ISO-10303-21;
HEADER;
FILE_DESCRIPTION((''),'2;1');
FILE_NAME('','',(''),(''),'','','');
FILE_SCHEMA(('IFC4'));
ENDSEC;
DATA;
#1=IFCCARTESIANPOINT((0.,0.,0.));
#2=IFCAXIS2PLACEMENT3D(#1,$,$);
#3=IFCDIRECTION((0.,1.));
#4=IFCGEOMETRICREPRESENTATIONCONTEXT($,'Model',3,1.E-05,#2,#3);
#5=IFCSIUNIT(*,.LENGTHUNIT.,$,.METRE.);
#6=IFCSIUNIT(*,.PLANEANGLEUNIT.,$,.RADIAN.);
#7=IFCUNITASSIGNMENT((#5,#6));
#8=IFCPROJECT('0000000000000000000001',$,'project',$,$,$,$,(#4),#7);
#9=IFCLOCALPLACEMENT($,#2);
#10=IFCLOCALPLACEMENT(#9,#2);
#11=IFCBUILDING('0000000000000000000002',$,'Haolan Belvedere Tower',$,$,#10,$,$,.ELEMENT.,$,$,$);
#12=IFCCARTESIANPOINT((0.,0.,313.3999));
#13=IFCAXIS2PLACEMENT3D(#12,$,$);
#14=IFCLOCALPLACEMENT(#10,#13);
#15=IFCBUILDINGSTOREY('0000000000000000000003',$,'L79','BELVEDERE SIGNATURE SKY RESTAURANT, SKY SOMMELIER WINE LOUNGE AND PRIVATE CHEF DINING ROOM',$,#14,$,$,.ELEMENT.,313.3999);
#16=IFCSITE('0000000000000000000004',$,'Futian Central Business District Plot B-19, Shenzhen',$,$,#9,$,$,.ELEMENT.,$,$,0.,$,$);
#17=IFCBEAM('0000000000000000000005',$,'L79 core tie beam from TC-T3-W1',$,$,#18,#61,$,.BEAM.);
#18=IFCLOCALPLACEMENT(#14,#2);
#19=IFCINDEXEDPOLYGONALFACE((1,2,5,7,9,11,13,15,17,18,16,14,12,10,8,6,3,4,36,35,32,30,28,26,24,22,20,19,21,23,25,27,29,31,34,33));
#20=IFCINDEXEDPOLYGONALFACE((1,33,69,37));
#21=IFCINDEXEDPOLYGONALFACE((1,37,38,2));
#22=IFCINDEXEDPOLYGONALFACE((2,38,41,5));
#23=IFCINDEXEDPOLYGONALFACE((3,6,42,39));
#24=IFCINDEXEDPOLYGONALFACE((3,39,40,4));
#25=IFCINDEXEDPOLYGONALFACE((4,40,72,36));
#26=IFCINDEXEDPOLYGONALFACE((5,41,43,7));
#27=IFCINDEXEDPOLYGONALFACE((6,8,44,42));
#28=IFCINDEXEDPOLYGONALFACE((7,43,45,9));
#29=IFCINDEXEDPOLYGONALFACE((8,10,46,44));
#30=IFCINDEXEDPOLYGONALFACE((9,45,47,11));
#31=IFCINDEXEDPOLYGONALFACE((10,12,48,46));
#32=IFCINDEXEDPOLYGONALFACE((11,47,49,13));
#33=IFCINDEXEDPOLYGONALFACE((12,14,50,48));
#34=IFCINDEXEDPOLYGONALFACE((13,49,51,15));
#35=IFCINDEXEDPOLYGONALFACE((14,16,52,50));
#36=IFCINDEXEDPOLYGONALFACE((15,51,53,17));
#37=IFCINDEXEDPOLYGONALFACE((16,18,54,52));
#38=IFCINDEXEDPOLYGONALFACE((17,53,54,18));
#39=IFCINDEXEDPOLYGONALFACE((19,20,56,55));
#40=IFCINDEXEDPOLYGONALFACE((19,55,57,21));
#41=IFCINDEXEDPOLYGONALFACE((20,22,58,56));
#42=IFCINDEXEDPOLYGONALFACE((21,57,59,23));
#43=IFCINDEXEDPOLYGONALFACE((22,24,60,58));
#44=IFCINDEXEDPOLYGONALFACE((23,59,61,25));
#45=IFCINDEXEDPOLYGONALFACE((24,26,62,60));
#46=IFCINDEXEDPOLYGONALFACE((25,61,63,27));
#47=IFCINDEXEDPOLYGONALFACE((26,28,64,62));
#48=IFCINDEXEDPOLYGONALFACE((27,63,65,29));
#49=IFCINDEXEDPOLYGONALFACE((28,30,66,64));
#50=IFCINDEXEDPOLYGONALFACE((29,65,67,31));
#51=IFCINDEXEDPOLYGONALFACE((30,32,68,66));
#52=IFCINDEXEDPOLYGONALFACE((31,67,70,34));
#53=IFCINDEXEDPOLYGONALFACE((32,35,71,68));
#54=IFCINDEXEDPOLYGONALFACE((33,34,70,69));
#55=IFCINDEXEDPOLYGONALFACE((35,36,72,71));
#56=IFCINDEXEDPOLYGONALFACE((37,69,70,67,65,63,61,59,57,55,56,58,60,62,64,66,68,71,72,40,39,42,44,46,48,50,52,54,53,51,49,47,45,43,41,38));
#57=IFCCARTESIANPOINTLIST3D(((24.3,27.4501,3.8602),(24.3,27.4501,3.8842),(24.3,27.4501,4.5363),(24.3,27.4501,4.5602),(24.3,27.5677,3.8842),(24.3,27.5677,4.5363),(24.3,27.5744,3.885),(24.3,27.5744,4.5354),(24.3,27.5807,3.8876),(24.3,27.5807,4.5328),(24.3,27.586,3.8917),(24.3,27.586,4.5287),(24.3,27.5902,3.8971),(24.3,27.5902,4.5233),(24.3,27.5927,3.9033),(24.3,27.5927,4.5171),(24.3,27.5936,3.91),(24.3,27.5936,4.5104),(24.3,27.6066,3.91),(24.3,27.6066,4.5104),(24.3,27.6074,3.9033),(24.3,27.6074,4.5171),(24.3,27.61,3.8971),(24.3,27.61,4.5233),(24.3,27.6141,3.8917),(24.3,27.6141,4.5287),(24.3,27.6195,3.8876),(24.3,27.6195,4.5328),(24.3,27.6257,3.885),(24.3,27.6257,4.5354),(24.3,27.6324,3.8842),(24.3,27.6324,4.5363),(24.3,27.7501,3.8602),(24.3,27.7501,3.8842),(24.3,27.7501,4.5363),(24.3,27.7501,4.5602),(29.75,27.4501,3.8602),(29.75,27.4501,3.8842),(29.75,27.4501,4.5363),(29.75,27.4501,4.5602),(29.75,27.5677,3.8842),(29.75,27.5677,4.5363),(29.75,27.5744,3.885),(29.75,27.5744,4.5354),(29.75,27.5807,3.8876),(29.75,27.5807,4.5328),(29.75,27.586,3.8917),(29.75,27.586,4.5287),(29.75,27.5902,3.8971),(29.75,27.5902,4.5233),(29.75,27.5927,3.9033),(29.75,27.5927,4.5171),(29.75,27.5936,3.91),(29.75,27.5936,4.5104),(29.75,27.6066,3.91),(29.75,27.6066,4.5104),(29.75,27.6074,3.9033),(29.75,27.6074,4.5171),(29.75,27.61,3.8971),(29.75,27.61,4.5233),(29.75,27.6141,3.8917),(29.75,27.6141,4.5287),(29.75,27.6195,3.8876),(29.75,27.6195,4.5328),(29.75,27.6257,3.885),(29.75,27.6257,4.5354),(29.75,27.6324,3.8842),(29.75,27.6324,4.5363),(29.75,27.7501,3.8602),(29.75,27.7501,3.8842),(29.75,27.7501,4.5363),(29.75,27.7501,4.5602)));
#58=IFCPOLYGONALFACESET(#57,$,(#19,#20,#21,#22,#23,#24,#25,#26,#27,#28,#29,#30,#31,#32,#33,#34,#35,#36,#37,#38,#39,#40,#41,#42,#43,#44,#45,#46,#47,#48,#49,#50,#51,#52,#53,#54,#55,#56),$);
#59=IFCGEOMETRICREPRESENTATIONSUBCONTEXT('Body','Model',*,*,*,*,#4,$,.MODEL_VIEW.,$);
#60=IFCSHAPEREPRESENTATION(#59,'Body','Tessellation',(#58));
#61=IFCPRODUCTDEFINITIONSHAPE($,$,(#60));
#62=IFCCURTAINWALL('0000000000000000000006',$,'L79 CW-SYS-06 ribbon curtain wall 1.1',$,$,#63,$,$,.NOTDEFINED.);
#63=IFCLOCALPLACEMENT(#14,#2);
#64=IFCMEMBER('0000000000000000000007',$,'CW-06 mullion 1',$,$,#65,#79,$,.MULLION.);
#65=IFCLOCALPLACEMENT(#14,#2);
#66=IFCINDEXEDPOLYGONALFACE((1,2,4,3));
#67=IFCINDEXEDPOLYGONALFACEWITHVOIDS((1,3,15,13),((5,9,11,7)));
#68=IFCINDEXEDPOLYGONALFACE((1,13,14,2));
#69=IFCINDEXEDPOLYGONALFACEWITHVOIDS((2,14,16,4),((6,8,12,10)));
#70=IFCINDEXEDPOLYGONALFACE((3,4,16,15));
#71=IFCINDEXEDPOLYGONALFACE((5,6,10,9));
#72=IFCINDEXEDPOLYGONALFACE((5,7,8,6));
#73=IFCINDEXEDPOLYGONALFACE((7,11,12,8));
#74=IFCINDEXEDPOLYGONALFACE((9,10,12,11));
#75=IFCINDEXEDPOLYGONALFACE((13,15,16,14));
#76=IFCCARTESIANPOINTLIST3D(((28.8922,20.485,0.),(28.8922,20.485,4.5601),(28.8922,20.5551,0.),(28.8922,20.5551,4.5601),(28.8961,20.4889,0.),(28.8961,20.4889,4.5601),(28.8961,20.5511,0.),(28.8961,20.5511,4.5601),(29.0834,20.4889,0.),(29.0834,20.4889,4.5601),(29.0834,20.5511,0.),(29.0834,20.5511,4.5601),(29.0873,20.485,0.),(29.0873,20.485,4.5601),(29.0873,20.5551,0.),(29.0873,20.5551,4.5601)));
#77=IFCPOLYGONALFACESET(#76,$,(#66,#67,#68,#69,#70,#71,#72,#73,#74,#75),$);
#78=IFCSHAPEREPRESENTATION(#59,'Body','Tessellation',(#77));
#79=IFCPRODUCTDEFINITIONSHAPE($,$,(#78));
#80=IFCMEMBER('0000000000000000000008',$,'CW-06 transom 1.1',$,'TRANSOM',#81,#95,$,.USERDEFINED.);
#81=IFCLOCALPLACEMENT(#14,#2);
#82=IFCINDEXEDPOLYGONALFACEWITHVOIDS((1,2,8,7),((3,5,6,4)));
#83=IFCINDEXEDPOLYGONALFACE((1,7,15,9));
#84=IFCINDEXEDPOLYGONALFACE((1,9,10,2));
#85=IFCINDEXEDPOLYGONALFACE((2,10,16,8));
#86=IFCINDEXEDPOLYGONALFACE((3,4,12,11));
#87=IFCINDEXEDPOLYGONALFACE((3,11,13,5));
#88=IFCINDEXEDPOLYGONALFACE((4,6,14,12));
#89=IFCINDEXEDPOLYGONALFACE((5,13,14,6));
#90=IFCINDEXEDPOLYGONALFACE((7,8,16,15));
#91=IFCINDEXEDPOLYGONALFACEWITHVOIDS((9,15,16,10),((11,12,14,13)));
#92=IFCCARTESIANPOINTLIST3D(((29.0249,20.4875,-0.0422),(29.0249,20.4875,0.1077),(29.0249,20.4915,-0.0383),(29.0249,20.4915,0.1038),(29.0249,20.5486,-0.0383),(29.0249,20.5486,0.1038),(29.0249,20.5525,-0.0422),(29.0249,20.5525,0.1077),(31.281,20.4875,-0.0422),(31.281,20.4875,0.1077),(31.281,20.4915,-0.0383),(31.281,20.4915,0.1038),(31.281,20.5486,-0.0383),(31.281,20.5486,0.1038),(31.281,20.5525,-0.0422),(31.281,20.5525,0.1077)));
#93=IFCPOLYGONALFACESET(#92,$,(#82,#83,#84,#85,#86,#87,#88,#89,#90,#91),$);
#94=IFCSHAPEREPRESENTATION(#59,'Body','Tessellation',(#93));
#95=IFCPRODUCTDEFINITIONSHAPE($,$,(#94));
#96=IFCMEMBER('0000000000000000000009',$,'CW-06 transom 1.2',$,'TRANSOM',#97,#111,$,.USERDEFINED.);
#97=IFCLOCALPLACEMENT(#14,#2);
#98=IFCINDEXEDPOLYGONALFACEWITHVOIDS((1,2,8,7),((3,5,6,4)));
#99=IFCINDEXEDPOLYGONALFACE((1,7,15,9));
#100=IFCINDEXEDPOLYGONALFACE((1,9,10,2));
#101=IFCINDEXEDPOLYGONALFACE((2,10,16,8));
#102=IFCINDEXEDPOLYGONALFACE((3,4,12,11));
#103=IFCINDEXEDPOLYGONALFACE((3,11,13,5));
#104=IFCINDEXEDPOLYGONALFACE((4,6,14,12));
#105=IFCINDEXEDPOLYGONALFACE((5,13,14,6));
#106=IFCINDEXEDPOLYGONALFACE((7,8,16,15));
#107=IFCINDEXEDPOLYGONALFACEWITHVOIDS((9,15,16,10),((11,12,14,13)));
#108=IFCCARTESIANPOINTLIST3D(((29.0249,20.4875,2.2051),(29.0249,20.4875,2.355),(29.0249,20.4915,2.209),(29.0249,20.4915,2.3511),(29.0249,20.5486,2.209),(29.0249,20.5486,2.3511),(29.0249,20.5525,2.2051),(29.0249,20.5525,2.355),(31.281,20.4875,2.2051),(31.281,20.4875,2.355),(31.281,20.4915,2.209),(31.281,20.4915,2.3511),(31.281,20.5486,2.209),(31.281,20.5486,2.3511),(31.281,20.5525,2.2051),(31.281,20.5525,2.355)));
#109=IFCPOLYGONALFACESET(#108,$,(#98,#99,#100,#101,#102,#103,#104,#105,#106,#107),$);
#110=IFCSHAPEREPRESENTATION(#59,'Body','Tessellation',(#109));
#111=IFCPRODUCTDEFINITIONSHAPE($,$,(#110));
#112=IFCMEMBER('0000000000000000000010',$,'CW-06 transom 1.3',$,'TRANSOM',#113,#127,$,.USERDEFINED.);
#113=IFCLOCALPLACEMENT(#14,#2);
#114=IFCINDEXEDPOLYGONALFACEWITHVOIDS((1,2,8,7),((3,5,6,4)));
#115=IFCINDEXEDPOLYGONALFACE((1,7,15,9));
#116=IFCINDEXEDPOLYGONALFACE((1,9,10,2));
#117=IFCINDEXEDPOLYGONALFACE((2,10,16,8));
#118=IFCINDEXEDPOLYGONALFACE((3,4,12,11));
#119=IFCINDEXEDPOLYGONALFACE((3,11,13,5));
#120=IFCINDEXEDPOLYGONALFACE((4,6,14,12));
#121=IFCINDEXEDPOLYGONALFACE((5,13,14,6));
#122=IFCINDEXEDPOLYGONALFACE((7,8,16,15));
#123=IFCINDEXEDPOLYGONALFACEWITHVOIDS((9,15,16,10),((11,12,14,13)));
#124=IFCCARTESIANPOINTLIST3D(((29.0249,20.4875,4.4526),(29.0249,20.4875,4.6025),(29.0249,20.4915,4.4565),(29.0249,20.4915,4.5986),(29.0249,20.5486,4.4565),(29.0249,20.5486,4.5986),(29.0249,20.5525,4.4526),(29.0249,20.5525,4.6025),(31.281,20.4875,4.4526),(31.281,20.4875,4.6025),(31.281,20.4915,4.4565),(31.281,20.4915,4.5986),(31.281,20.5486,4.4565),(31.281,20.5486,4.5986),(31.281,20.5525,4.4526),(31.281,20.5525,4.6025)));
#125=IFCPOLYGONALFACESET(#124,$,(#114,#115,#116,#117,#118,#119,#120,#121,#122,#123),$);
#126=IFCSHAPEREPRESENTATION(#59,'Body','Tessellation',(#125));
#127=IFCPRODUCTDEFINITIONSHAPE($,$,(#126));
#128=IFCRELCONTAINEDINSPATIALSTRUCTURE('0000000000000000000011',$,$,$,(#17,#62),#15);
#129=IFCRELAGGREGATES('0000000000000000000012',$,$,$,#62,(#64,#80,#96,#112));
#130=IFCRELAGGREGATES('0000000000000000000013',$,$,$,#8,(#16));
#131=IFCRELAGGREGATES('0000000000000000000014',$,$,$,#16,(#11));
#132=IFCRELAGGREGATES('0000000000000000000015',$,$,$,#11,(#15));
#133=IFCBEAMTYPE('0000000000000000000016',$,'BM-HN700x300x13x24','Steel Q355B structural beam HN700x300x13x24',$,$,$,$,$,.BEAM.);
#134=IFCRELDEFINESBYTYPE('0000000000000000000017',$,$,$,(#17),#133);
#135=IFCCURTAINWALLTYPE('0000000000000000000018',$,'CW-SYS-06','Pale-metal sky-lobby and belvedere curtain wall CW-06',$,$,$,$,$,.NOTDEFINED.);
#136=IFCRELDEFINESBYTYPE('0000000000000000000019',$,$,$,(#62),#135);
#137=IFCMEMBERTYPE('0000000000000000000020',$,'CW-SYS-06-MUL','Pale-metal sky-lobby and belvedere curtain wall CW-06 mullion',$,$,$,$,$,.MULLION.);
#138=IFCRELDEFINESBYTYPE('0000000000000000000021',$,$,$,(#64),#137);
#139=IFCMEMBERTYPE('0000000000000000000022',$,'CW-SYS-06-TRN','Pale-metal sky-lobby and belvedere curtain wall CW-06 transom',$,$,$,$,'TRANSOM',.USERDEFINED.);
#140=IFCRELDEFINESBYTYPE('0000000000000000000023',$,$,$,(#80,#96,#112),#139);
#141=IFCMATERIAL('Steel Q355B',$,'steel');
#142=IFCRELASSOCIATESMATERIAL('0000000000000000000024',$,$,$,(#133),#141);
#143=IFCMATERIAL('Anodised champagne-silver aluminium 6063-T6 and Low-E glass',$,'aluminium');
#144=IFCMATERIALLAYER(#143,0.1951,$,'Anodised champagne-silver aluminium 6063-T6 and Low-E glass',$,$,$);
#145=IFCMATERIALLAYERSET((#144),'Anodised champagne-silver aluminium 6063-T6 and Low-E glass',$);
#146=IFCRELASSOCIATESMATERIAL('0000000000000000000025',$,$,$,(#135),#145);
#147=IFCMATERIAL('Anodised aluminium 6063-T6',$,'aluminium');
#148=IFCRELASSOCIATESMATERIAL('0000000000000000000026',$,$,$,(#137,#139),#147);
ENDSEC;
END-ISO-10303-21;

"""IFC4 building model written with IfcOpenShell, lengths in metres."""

from ifc_helpers import new_model, si_unit, direction, frame, origin, origin_2d, place, context, subcontext, project, spatial, hollow_rectangle, i_section, extrude, material, layer, layer_set, material_profile, profile_set, type_object, element, aggregate, save


model = new_model("IFC4")

# Units and contexts
model_context = context("Model", 3, precision=1e-05, world=origin(), true_north=direction((0.0, 1.0)))
body_context = subcontext(model_context, "Body", "Model", "MODEL_VIEW")
ifc_project = project(units=[si_unit("LENGTHUNIT", "METRE"), si_unit("PLANEANGLEUNIT", "RADIAN")], contexts=[model_context])

# Site, building, storey
site_placement = place(None, origin())
site = spatial("IfcSite", under=ifc_project, at=site_placement, Name="Futian Central Business District Plot B-19, Shenzhen", CompositionType="ELEMENT", RefElevation=0.0)
building_placement = place(site_placement, origin())
building = spatial("IfcBuilding", under=site, at=building_placement, Name="Haolan Belvedere Tower", CompositionType="ELEMENT")
storey_placement = place(building_placement, frame((0.0, 0.0, 313.3999)))
storey = spatial("IfcBuildingStorey", under=building, at=storey_placement, Name="L79", Description="BELVEDERE SIGNATURE SKY RESTAURANT, SKY SOMMELIER WINE LOUNGE AND PRIVATE CHEF DINING ROOM", CompositionType="ELEMENT", Elevation=313.3999)

# Beam
ifc_material_1 = material(Name="Steel Q355B", Category="steel")
ifc_material_profile_1 = material_profile(ifc_material_1, i_section(OverallWidth=0.3, OverallDepth=0.7, WebThickness=0.0129, FlangeThickness=0.0239, FilletRadius=0.0259, at=origin_2d()), Name="Steel Q355B")
ifc_profile_set_1 = profile_set([ifc_material_profile_1], Name="Steel Q355B")
beam_type_1 = type_object("IfcBeamType", Name="BM-HN700x300x13x24", Description="Steel Q355B structural beam HN700x300x13x24", PredefinedType="BEAM", material=ifc_profile_set_1)
beam_1_placement = place(storey_placement, frame((24.3, 27.6001, 4.2102), z_axis=(1.0, 0.0, 0.0), x_axis=(0.0, 1.0, 0.0)))
element("IfcBeam", 1, at=beam_1_placement, inside=storey, type_object=beam_type_1, Name="L79 core tie beam from TC-T3-W1", PredefinedType="BEAM", context=body_context, shape_type="SweptSolid", body=[
    extrude(i_section(OverallWidth=0.3, OverallDepth=0.7, WebThickness=0.0129, FlangeThickness=0.0239, FilletRadius=0.0259, at=origin_2d()), origin(), (0.0, 0.0, 1.0), 5.45),
])

# Curtain wall, members
ifc_material_2 = material(Name="Anodised champagne-silver aluminium 6063-T6 and Low-E glass", Category="aluminium")
ifc_layer_1 = layer(ifc_material_2, 0.1951, Name="Anodised champagne-silver aluminium 6063-T6 and Low-E glass")
ifc_layer_set_1 = layer_set([ifc_layer_1], Name="Anodised champagne-silver aluminium 6063-T6 and Low-E glass")
curtain_wall_type = type_object("IfcCurtainWallType", Name="CW-SYS-06", Description="Pale-metal sky-lobby and belvedere curtain wall CW-06", PredefinedType="NOTDEFINED", material=ifc_layer_set_1)
curtain_wall_placement = place(storey_placement, origin())
curtain_wall = element("IfcCurtainWall", 2, at=curtain_wall_placement, inside=storey, type_object=curtain_wall_type, Name="L79 CW-SYS-06 ribbon curtain wall 1.1", PredefinedType="NOTDEFINED")
ifc_material_3 = material(Name="Anodised aluminium 6063-T6", Category="aluminium")
ifc_material_profile_2 = material_profile(ifc_material_3, hollow_rectangle(XDim=0.0701, YDim=0.1951, WallThickness=0.0039, at=origin_2d()), Name="Anodised aluminium 6063-T6")
ifc_profile_set_2 = profile_set([ifc_material_profile_2], Name="Anodised aluminium 6063-T6")
member_type_1 = type_object("IfcMemberType", Name="CW-SYS-06-MUL", Description="Pale-metal sky-lobby and belvedere curtain wall CW-06 mullion", PredefinedType="MULLION", material=ifc_profile_set_2)
member_1_placement = place(storey_placement, frame((28.9897, 20.52, 0.0), z_axis=(0.0, 0.0, 1.0), x_axis=(0.0, 1.0, 0.0)))
member_1 = element("IfcMember", 3, at=member_1_placement, type_object=member_type_1, Name="CW-06 mullion 1", PredefinedType="MULLION", context=body_context, shape_type="SweptSolid", body=[
    extrude(hollow_rectangle(XDim=0.0701, YDim=0.1951, WallThickness=0.0039, at=origin_2d()), origin(), (0.0, 0.0, 1.0), 4.5601),
])
ifc_material_profile_3 = material_profile(ifc_material_3, hollow_rectangle(XDim=0.0649, YDim=0.1499, WallThickness=0.0039, at=origin_2d()), Name="Anodised aluminium 6063-T6")
ifc_profile_set_3 = profile_set([ifc_material_profile_3], Name="Anodised aluminium 6063-T6")
member_type_2 = type_object("IfcMemberType", Name="CW-SYS-06-TRN", Description="Pale-metal sky-lobby and belvedere curtain wall CW-06 transom", ElementType="TRANSOM", PredefinedType="USERDEFINED", material=ifc_profile_set_3)
member_2_placement = place(storey_placement, frame((29.0249, 20.52, 0.0327), z_axis=(1.0, 0.0, 0.0), x_axis=(0.0, 1.0, 0.0)))
member_2 = element("IfcMember", 4, at=member_2_placement, type_object=member_type_2, Name="CW-06 transom 1.1", ObjectType="TRANSOM", PredefinedType="USERDEFINED", context=body_context, shape_type="SweptSolid", body=[
    extrude(hollow_rectangle(XDim=0.0649, YDim=0.1499, WallThickness=0.0039, at=origin_2d()), origin(), (0.0, 0.0, 1.0), 2.2561),
])
member_3_placement = place(storey_placement, frame((29.0249, 20.52, 2.28), z_axis=(1.0, 0.0, 0.0), x_axis=(0.0, 1.0, 0.0)))
member_3 = element("IfcMember", 5, at=member_3_placement, type_object=member_type_2, Name="CW-06 transom 1.2", ObjectType="TRANSOM", PredefinedType="USERDEFINED", context=body_context, shape_type="SweptSolid", body=[
    extrude(hollow_rectangle(XDim=0.0649, YDim=0.1499, WallThickness=0.0039, at=origin_2d()), origin(), (0.0, 0.0, 1.0), 2.2561),
])
member_4_placement = place(storey_placement, frame((29.0249, 20.52, 4.5276), z_axis=(1.0, 0.0, 0.0), x_axis=(0.0, 1.0, 0.0)))
member_4 = element("IfcMember", 6, at=member_4_placement, type_object=member_type_2, Name="CW-06 transom 1.3", ObjectType="TRANSOM", PredefinedType="USERDEFINED", context=body_context, shape_type="SweptSolid", body=[
    extrude(hollow_rectangle(XDim=0.0649, YDim=0.1499, WallThickness=0.0039, at=origin_2d()), origin(), (0.0, 0.0, 1.0), 2.2561),
])
aggregate(curtain_wall, [member_1, member_2, member_3, member_4])

save(model, "model.ifc")
